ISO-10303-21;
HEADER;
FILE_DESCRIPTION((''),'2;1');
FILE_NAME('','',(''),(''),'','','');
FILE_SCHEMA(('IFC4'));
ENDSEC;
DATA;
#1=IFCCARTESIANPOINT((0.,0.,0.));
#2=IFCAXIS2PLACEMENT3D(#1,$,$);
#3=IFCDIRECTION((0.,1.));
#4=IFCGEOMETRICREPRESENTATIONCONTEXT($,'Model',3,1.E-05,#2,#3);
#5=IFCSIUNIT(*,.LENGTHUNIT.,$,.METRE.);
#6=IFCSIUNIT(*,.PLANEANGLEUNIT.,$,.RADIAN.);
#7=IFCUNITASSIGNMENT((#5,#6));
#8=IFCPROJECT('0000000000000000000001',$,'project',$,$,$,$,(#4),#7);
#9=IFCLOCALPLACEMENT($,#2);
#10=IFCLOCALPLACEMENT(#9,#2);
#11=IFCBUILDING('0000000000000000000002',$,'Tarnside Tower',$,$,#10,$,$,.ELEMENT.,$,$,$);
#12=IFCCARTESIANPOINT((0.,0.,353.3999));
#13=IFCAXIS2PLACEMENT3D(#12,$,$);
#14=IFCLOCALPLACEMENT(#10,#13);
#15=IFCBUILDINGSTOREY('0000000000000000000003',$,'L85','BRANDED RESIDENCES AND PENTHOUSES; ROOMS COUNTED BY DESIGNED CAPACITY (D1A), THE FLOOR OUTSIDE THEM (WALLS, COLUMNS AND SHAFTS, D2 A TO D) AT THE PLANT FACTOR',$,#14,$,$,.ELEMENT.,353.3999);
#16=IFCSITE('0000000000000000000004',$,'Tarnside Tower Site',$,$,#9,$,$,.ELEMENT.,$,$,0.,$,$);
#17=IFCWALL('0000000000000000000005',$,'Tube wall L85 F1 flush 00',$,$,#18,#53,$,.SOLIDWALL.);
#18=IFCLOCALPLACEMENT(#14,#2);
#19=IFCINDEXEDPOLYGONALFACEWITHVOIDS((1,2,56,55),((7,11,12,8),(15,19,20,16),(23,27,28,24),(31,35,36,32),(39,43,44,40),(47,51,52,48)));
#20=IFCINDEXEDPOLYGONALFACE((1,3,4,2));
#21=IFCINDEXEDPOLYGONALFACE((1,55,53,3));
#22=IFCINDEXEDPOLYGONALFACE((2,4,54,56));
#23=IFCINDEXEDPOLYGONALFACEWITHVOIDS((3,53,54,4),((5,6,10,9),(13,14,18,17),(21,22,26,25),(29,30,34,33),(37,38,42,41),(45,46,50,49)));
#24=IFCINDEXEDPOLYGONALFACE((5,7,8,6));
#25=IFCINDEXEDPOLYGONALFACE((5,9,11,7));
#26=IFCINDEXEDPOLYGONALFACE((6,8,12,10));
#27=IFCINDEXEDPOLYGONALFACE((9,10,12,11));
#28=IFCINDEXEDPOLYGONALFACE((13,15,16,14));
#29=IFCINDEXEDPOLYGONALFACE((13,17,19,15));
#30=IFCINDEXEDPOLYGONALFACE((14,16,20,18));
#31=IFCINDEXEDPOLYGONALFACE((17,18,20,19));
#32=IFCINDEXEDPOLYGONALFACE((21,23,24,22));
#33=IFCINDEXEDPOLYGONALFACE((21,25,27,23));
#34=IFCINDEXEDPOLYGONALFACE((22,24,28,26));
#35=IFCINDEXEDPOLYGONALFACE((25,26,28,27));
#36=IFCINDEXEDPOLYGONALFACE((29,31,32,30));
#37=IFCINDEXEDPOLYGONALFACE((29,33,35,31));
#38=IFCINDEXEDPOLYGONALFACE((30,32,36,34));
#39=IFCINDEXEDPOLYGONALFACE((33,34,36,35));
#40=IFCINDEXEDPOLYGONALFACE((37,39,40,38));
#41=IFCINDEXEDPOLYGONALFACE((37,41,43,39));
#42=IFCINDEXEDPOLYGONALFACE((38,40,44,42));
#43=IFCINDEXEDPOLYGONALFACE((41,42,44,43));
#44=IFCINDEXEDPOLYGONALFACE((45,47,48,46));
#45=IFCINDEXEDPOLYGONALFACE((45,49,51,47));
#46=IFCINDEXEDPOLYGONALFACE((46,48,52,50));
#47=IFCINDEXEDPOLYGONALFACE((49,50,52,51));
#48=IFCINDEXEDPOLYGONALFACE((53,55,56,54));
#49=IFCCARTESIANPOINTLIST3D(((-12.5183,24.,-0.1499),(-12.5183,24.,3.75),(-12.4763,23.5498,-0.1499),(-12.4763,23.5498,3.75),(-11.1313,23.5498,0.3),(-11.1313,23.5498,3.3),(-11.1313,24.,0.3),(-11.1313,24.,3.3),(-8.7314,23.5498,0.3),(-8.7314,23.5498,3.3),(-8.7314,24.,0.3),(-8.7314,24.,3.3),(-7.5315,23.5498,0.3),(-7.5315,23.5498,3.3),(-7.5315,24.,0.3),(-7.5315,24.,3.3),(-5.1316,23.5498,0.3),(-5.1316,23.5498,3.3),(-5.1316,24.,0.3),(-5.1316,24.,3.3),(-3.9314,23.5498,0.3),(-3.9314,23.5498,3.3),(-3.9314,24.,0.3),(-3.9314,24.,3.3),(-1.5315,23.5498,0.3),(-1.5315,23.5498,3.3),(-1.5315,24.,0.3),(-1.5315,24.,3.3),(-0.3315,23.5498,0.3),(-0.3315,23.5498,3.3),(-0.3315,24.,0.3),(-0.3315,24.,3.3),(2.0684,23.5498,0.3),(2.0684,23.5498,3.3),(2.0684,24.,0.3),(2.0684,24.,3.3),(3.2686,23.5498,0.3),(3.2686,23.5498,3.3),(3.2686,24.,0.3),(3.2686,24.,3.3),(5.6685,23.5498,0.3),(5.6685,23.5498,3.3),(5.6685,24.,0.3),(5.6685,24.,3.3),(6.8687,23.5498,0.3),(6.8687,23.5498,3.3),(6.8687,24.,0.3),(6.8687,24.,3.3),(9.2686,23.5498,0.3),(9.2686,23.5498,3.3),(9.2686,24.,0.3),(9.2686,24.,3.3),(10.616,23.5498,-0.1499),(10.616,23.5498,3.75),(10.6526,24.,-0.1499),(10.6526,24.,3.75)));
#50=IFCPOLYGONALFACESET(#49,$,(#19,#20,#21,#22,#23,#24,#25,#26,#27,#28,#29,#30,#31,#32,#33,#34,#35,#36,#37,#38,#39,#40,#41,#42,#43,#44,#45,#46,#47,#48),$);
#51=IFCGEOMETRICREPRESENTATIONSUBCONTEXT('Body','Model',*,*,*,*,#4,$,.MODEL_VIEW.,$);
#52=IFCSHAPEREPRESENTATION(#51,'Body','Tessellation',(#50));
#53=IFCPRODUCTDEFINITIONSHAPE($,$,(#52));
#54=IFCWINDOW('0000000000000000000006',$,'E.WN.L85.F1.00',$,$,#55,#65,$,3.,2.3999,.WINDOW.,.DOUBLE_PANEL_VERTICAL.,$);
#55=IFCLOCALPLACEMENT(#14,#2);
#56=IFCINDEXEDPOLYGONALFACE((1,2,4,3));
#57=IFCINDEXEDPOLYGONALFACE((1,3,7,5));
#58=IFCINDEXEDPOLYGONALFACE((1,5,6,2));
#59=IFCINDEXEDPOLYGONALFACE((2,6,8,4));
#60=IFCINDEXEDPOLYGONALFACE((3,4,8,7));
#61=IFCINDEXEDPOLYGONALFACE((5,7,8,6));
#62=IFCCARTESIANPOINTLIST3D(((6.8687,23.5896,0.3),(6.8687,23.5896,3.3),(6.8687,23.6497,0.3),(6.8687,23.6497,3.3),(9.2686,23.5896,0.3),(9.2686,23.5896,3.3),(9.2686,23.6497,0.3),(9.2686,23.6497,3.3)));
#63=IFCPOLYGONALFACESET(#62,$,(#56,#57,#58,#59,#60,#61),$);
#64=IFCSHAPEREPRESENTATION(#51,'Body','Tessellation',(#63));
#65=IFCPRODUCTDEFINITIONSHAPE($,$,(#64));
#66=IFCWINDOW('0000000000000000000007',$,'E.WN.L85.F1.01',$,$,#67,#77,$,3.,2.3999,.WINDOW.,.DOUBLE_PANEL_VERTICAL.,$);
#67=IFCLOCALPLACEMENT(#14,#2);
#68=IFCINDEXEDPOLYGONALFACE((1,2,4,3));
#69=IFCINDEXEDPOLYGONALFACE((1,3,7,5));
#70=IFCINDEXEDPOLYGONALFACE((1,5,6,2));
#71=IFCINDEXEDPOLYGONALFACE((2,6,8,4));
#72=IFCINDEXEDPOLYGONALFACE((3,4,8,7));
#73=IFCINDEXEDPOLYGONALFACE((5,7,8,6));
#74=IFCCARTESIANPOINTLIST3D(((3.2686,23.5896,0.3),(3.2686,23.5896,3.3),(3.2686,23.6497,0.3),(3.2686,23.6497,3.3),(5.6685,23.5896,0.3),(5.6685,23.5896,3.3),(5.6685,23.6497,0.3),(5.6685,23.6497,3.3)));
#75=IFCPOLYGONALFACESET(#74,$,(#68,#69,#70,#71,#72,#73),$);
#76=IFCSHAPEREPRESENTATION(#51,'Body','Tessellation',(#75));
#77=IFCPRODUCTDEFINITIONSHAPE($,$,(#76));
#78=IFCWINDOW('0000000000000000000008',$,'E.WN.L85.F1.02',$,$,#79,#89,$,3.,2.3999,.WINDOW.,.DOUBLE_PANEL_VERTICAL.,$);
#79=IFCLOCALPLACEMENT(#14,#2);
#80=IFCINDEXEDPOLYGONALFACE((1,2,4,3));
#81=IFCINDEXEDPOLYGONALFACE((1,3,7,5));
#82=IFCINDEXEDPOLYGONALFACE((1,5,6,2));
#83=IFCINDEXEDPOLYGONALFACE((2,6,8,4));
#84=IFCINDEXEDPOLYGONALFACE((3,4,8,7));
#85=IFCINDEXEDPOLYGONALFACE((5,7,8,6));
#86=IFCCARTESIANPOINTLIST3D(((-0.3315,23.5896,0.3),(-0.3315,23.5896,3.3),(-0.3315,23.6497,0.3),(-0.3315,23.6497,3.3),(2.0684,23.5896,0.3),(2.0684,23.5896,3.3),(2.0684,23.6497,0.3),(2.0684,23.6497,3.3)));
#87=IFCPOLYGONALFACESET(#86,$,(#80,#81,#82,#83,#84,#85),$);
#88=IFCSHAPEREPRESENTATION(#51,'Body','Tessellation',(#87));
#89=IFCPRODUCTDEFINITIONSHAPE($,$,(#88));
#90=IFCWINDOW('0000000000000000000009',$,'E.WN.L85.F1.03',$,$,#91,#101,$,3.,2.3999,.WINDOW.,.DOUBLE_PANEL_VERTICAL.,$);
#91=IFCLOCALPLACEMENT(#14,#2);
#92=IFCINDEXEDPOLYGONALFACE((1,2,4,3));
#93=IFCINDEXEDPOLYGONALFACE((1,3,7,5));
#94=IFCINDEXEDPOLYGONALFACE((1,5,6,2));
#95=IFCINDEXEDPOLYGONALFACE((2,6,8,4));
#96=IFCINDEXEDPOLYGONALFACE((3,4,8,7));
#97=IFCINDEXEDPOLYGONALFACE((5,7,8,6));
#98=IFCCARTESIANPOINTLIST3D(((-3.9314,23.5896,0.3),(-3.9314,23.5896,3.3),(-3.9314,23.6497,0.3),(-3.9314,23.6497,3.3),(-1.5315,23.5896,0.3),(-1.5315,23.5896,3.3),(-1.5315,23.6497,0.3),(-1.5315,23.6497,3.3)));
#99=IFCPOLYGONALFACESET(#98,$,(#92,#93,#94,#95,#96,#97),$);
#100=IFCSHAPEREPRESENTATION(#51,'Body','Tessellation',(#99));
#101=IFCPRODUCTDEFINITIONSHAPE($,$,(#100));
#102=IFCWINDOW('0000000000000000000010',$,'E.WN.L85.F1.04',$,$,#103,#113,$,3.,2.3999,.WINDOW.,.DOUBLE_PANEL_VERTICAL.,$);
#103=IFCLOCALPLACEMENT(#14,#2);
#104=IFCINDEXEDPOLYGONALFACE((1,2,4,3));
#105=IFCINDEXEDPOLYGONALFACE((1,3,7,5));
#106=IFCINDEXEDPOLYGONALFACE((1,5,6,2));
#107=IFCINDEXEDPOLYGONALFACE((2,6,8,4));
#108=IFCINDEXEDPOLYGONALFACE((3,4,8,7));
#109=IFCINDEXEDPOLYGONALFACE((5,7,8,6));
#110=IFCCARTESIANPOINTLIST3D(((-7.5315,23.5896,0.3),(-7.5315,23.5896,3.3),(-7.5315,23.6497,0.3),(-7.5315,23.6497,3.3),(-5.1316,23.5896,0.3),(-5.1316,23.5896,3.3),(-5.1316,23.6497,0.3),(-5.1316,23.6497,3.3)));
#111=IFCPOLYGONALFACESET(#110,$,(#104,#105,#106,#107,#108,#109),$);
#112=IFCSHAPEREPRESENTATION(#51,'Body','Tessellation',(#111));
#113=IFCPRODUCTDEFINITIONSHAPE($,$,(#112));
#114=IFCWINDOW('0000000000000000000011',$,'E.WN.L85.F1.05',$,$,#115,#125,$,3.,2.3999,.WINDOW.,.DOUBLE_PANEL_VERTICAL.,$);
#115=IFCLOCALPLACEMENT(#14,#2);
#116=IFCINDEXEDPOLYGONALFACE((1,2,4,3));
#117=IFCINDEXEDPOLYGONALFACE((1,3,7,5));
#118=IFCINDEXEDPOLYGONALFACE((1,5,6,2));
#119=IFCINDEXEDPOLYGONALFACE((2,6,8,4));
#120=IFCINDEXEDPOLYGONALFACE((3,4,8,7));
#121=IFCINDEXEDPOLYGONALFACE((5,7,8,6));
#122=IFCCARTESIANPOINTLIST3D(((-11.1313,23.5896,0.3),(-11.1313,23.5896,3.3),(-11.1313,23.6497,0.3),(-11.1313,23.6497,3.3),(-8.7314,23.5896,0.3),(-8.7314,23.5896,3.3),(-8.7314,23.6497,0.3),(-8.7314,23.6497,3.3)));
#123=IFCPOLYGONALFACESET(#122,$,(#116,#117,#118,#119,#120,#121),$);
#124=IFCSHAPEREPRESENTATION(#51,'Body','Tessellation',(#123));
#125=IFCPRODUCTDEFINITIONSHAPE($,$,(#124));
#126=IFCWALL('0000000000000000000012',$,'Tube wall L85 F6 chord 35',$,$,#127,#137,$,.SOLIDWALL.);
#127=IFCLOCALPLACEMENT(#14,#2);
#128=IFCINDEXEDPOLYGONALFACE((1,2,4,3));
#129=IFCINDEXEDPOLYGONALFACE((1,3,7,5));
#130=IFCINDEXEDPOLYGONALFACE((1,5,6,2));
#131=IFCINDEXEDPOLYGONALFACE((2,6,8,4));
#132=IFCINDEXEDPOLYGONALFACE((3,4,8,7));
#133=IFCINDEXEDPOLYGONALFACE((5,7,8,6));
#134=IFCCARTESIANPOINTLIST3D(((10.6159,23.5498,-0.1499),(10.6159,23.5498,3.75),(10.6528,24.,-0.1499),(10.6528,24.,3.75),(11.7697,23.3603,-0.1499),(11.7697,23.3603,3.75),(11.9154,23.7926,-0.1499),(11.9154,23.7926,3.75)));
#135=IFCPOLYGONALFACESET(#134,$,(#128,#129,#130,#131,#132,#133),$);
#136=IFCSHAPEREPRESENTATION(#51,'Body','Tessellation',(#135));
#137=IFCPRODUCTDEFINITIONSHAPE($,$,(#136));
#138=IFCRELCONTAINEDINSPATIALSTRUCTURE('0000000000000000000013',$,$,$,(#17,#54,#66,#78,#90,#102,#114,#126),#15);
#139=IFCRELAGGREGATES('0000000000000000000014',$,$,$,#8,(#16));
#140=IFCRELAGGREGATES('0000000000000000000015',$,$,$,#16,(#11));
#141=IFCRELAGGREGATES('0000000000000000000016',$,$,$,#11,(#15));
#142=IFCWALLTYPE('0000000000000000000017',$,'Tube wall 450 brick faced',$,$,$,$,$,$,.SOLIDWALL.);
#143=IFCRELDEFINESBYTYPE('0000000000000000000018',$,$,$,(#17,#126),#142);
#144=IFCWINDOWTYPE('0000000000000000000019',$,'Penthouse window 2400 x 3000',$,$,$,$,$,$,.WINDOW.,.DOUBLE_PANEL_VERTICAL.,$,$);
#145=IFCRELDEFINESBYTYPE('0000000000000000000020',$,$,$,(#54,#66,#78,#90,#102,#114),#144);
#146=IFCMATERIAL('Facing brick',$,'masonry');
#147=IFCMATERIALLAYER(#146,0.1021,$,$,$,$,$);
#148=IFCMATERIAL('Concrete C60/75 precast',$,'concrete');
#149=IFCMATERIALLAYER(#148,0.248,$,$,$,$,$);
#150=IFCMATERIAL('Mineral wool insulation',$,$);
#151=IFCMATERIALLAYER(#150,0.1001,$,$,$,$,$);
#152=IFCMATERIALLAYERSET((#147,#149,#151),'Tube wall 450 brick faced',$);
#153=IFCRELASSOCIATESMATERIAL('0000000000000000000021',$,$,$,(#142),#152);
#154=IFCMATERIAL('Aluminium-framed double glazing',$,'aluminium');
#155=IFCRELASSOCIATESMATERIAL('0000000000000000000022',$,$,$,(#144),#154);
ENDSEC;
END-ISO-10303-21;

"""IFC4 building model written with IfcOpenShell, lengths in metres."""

from ifc_helpers import new_model, si_unit, direction, frame, frame_2d, origin, place, context, subcontext, project, spatial, polyline, rectangle, outline, extrude, material, layer, layer_set, type_object, element, fill, save


model = new_model("IFC4")

# Units and contexts
model_context = context("Model", 3, precision=1e-05, world=origin(), true_north=direction((0.0, 1.0)))
body_context = subcontext(model_context, "Body", "Model", "MODEL_VIEW")
ifc_project = project(units=[si_unit("LENGTHUNIT", "METRE"), si_unit("PLANEANGLEUNIT", "RADIAN")], contexts=[model_context])

# Site, building, storey
site_placement = place(None, origin())
site = spatial("IfcSite", under=ifc_project, at=site_placement, Name="Tarnside Tower Site", CompositionType="ELEMENT", RefElevation=0.0)
building_placement = place(site_placement, origin())
building = spatial("IfcBuilding", under=site, at=building_placement, Name="Tarnside Tower", CompositionType="ELEMENT")
storey_placement = place(building_placement, frame((0.0, 0.0, 353.3999)))
storey = spatial("IfcBuildingStorey", under=building, at=storey_placement, Name="L85", Description="BRANDED RESIDENCES AND PENTHOUSES; ROOMS COUNTED BY DESIGNED CAPACITY (D1A), THE FLOOR OUTSIDE THEM (WALLS, COLUMNS AND SHAFTS, D2 A TO D) AT THE PLANT FACTOR", CompositionType="ELEMENT", Elevation=353.3999)

# Wall, openings, windows
ifc_material_1 = material(Name="Facing brick", Category="masonry")
ifc_layer_1 = layer(ifc_material_1, 0.1021)
ifc_material_2 = material(Name="Concrete C60/75 precast", Category="concrete")
ifc_layer_2 = layer(ifc_material_2, 0.248)
ifc_material_3 = material(Name="Mineral wool insulation")
ifc_layer_3 = layer(ifc_material_3, 0.1001)
ifc_layer_set_1 = layer_set([ifc_layer_1, ifc_layer_2, ifc_layer_3], Name="Tube wall 450 brick faced")
wall_type_1 = type_object("IfcWallType", Name="Tube wall 450 brick faced", PredefinedType="SOLIDWALL", material=ifc_layer_set_1)
wall_1_placement = place(storey_placement, frame((10.6343, 23.7749, -0.1499), z_axis=(0.0, 0.0, 1.0), x_axis=(-1.0, 0.0, 0.0)))
wall_1 = element("IfcWall", 1, at=wall_1_placement, inside=storey, type_object=wall_type_1, Name="Tube wall L85 F1 flush 00", PredefinedType="SOLIDWALL", context=body_context, shape_type="SweptSolid", body=[
    extrude(outline(polyline([(-0.0183, -0.2251), (23.1526, -0.2251), (23.1106, 0.2251), (0.0183, 0.2251), (-0.0183, -0.2251)])), origin(), (0.0, 0.0, 1.0), 3.8999),
])
opening_1_placement = place(wall_1_placement, frame((1.3657, 0.0, 0.45)))
opening_1 = element("IfcOpeningElement", 2, at=opening_1_placement, cuts=wall_1, PredefinedType="OPENING", context=body_context, shape_type="SweptSolid", body=[
    extrude(rectangle(XDim=2.3999, YDim=3.0, at=frame_2d((1.2, 1.5))), frame((0.0, 0.2349, 0.0), z_axis=(0.0, -1.0, 0.0), x_axis=(1.0, 0.0, 0.0)), (0.0, 0.0, 1.0), 0.47),
])
opening_2_placement = place(wall_1_placement, frame((4.9658, 0.0, 0.45)))
opening_2 = element("IfcOpeningElement", 3, at=opening_2_placement, cuts=wall_1, PredefinedType="OPENING", context=body_context, shape_type="SweptSolid", body=[
    extrude(rectangle(XDim=2.3999, YDim=3.0, at=frame_2d((1.2, 1.5))), frame((0.0, 0.2349, 0.0), z_axis=(0.0, -1.0, 0.0), x_axis=(1.0, 0.0, 0.0)), (0.0, 0.0, 1.0), 0.47),
])
opening_3_placement = place(wall_1_placement, frame((8.5659, 0.0, 0.45)))
opening_3 = element("IfcOpeningElement", 4, at=opening_3_placement, cuts=wall_1, PredefinedType="OPENING", context=body_context, shape_type="SweptSolid", body=[
    extrude(rectangle(XDim=2.3999, YDim=3.0, at=frame_2d((1.2, 1.5))), frame((0.0, 0.2349, 0.0), z_axis=(0.0, -1.0, 0.0), x_axis=(1.0, 0.0, 0.0)), (0.0, 0.0, 1.0), 0.47),
])
opening_4_placement = place(wall_1_placement, frame((12.1658, 0.0, 0.45)))
opening_4 = element("IfcOpeningElement", 5, at=opening_4_placement, cuts=wall_1, PredefinedType="OPENING", context=body_context, shape_type="SweptSolid", body=[
    extrude(rectangle(XDim=2.3999, YDim=3.0, at=frame_2d((1.2, 1.5))), frame((0.0, 0.2349, 0.0), z_axis=(0.0, -1.0, 0.0), x_axis=(1.0, 0.0, 0.0)), (0.0, 0.0, 1.0), 0.47),
])
opening_5_placement = place(wall_1_placement, frame((15.7659, 0.0, 0.45)))
opening_5 = element("IfcOpeningElement", 6, at=opening_5_placement, cuts=wall_1, PredefinedType="OPENING", context=body_context, shape_type="SweptSolid", body=[
    extrude(rectangle(XDim=2.3999, YDim=3.0, at=frame_2d((1.2, 1.5))), frame((0.0, 0.2349, 0.0), z_axis=(0.0, -1.0, 0.0), x_axis=(1.0, 0.0, 0.0)), (0.0, 0.0, 1.0), 0.47),
])
opening_6_placement = place(wall_1_placement, frame((19.3657, 0.0, 0.45)))
opening_6 = element("IfcOpeningElement", 7, at=opening_6_placement, cuts=wall_1, PredefinedType="OPENING", context=body_context, shape_type="SweptSolid", body=[
    extrude(rectangle(XDim=2.3999, YDim=3.0, at=frame_2d((1.2, 1.5))), frame((0.0, 0.2349, 0.0), z_axis=(0.0, -1.0, 0.0), x_axis=(1.0, 0.0, 0.0)), (0.0, 0.0, 1.0), 0.47),
])
ifc_material_4 = material(Name="Aluminium-framed double glazing", Category="aluminium")
window_type = type_object("IfcWindowType", Name="Penthouse window 2400 x 3000", PartitioningType="DOUBLE_PANEL_VERTICAL", PredefinedType="WINDOW", material=ifc_material_4)
window_1_placement = place(opening_1_placement, frame((0.0, 0.1553, 0.0)))
window_1 = element("IfcWindow", 8, at=window_1_placement, inside=storey, type_object=window_type, Name="E.WN.L85.F1.00", OverallHeight=3.0, OverallWidth=2.3999, PartitioningType="DOUBLE_PANEL_VERTICAL", PredefinedType="WINDOW", context=body_context, shape_type="SweptSolid", body=[
    extrude(rectangle(XDim=2.3999, YDim=3.0, at=frame_2d((1.2, 1.5))), frame((0.0, 0.03, 0.0), z_axis=(0.0, -1.0, 0.0), x_axis=(1.0, 0.0, 0.0)), (0.0, 0.0, 1.0), 0.0601),
])
fill(opening_1, window_1)
window_2_placement = place(opening_2_placement, frame((0.0, 0.1553, 0.0)))
window_2 = element("IfcWindow", 9, at=window_2_placement, inside=storey, type_object=window_type, Name="E.WN.L85.F1.01", OverallHeight=3.0, OverallWidth=2.3999, PartitioningType="DOUBLE_PANEL_VERTICAL", PredefinedType="WINDOW", context=body_context, shape_type="SweptSolid", body=[
    extrude(rectangle(XDim=2.3999, YDim=3.0, at=frame_2d((1.2, 1.5))), frame((0.0, 0.03, 0.0), z_axis=(0.0, -1.0, 0.0), x_axis=(1.0, 0.0, 0.0)), (0.0, 0.0, 1.0), 0.0601),
])
fill(opening_2, window_2)
window_3_placement = place(opening_3_placement, frame((0.0, 0.1553, 0.0)))
window_3 = element("IfcWindow", 10, at=window_3_placement, inside=storey, type_object=window_type, Name="E.WN.L85.F1.02", OverallHeight=3.0, OverallWidth=2.3999, PartitioningType="DOUBLE_PANEL_VERTICAL", PredefinedType="WINDOW", context=body_context, shape_type="SweptSolid", body=[
    extrude(rectangle(XDim=2.3999, YDim=3.0, at=frame_2d((1.2, 1.5))), frame((0.0, 0.03, 0.0), z_axis=(0.0, -1.0, 0.0), x_axis=(1.0, 0.0, 0.0)), (0.0, 0.0, 1.0), 0.0601),
])
fill(opening_3, window_3)
window_4_placement = place(opening_4_placement, frame((0.0, 0.1553, 0.0)))
window_4 = element("IfcWindow", 11, at=window_4_placement, inside=storey, type_object=window_type, Name="E.WN.L85.F1.03", OverallHeight=3.0, OverallWidth=2.3999, PartitioningType="DOUBLE_PANEL_VERTICAL", PredefinedType="WINDOW", context=body_context, shape_type="SweptSolid", body=[
    extrude(rectangle(XDim=2.3999, YDim=3.0, at=frame_2d((1.2, 1.5))), frame((0.0, 0.03, 0.0), z_axis=(0.0, -1.0, 0.0), x_axis=(1.0, 0.0, 0.0)), (0.0, 0.0, 1.0), 0.0601),
])
fill(opening_4, window_4)
window_5_placement = place(opening_5_placement, frame((0.0, 0.1553, 0.0)))
window_5 = element("IfcWindow", 12, at=window_5_placement, inside=storey, type_object=window_type, Name="E.WN.L85.F1.04", OverallHeight=3.0, OverallWidth=2.3999, PartitioningType="DOUBLE_PANEL_VERTICAL", PredefinedType="WINDOW", context=body_context, shape_type="SweptSolid", body=[
    extrude(rectangle(XDim=2.3999, YDim=3.0, at=frame_2d((1.2, 1.5))), frame((0.0, 0.03, 0.0), z_axis=(0.0, -1.0, 0.0), x_axis=(1.0, 0.0, 0.0)), (0.0, 0.0, 1.0), 0.0601),
])
fill(opening_5, window_5)
window_6_placement = place(opening_6_placement, frame((0.0, 0.1553, 0.0)))
window_6 = element("IfcWindow", 13, at=window_6_placement, inside=storey, type_object=window_type, Name="E.WN.L85.F1.05", OverallHeight=3.0, OverallWidth=2.3999, PartitioningType="DOUBLE_PANEL_VERTICAL", PredefinedType="WINDOW", context=body_context, shape_type="SweptSolid", body=[
    extrude(rectangle(XDim=2.3999, YDim=3.0, at=frame_2d((1.2, 1.5))), frame((0.0, 0.03, 0.0), z_axis=(0.0, -1.0, 0.0), x_axis=(1.0, 0.0, 0.0)), (0.0, 0.0, 1.0), 0.0601),
])
fill(opening_6, window_6)

# Wall
wall_2_placement = place(storey_placement, frame((11.8425, 23.5764, -0.1499), z_axis=(0.0, 0.0, 1.0), x_axis=(-0.986774, 0.162103, 0.0)))
element("IfcWall", 14, at=wall_2_placement, inside=storey, type_object=wall_type_1, Name="Tube wall L85 F6 chord 35", PredefinedType="SOLIDWALL", context=body_context, shape_type="SweptSolid", body=[
    extrude(outline(polyline([(-0.0369, -0.2251), (1.2427, -0.2251), (1.2061, 0.2251), (0.0369, 0.2251), (-0.0369, -0.2251)])), origin(), (0.0, 0.0, 1.0), 3.8999),
])

save(model, "model.ifc")
